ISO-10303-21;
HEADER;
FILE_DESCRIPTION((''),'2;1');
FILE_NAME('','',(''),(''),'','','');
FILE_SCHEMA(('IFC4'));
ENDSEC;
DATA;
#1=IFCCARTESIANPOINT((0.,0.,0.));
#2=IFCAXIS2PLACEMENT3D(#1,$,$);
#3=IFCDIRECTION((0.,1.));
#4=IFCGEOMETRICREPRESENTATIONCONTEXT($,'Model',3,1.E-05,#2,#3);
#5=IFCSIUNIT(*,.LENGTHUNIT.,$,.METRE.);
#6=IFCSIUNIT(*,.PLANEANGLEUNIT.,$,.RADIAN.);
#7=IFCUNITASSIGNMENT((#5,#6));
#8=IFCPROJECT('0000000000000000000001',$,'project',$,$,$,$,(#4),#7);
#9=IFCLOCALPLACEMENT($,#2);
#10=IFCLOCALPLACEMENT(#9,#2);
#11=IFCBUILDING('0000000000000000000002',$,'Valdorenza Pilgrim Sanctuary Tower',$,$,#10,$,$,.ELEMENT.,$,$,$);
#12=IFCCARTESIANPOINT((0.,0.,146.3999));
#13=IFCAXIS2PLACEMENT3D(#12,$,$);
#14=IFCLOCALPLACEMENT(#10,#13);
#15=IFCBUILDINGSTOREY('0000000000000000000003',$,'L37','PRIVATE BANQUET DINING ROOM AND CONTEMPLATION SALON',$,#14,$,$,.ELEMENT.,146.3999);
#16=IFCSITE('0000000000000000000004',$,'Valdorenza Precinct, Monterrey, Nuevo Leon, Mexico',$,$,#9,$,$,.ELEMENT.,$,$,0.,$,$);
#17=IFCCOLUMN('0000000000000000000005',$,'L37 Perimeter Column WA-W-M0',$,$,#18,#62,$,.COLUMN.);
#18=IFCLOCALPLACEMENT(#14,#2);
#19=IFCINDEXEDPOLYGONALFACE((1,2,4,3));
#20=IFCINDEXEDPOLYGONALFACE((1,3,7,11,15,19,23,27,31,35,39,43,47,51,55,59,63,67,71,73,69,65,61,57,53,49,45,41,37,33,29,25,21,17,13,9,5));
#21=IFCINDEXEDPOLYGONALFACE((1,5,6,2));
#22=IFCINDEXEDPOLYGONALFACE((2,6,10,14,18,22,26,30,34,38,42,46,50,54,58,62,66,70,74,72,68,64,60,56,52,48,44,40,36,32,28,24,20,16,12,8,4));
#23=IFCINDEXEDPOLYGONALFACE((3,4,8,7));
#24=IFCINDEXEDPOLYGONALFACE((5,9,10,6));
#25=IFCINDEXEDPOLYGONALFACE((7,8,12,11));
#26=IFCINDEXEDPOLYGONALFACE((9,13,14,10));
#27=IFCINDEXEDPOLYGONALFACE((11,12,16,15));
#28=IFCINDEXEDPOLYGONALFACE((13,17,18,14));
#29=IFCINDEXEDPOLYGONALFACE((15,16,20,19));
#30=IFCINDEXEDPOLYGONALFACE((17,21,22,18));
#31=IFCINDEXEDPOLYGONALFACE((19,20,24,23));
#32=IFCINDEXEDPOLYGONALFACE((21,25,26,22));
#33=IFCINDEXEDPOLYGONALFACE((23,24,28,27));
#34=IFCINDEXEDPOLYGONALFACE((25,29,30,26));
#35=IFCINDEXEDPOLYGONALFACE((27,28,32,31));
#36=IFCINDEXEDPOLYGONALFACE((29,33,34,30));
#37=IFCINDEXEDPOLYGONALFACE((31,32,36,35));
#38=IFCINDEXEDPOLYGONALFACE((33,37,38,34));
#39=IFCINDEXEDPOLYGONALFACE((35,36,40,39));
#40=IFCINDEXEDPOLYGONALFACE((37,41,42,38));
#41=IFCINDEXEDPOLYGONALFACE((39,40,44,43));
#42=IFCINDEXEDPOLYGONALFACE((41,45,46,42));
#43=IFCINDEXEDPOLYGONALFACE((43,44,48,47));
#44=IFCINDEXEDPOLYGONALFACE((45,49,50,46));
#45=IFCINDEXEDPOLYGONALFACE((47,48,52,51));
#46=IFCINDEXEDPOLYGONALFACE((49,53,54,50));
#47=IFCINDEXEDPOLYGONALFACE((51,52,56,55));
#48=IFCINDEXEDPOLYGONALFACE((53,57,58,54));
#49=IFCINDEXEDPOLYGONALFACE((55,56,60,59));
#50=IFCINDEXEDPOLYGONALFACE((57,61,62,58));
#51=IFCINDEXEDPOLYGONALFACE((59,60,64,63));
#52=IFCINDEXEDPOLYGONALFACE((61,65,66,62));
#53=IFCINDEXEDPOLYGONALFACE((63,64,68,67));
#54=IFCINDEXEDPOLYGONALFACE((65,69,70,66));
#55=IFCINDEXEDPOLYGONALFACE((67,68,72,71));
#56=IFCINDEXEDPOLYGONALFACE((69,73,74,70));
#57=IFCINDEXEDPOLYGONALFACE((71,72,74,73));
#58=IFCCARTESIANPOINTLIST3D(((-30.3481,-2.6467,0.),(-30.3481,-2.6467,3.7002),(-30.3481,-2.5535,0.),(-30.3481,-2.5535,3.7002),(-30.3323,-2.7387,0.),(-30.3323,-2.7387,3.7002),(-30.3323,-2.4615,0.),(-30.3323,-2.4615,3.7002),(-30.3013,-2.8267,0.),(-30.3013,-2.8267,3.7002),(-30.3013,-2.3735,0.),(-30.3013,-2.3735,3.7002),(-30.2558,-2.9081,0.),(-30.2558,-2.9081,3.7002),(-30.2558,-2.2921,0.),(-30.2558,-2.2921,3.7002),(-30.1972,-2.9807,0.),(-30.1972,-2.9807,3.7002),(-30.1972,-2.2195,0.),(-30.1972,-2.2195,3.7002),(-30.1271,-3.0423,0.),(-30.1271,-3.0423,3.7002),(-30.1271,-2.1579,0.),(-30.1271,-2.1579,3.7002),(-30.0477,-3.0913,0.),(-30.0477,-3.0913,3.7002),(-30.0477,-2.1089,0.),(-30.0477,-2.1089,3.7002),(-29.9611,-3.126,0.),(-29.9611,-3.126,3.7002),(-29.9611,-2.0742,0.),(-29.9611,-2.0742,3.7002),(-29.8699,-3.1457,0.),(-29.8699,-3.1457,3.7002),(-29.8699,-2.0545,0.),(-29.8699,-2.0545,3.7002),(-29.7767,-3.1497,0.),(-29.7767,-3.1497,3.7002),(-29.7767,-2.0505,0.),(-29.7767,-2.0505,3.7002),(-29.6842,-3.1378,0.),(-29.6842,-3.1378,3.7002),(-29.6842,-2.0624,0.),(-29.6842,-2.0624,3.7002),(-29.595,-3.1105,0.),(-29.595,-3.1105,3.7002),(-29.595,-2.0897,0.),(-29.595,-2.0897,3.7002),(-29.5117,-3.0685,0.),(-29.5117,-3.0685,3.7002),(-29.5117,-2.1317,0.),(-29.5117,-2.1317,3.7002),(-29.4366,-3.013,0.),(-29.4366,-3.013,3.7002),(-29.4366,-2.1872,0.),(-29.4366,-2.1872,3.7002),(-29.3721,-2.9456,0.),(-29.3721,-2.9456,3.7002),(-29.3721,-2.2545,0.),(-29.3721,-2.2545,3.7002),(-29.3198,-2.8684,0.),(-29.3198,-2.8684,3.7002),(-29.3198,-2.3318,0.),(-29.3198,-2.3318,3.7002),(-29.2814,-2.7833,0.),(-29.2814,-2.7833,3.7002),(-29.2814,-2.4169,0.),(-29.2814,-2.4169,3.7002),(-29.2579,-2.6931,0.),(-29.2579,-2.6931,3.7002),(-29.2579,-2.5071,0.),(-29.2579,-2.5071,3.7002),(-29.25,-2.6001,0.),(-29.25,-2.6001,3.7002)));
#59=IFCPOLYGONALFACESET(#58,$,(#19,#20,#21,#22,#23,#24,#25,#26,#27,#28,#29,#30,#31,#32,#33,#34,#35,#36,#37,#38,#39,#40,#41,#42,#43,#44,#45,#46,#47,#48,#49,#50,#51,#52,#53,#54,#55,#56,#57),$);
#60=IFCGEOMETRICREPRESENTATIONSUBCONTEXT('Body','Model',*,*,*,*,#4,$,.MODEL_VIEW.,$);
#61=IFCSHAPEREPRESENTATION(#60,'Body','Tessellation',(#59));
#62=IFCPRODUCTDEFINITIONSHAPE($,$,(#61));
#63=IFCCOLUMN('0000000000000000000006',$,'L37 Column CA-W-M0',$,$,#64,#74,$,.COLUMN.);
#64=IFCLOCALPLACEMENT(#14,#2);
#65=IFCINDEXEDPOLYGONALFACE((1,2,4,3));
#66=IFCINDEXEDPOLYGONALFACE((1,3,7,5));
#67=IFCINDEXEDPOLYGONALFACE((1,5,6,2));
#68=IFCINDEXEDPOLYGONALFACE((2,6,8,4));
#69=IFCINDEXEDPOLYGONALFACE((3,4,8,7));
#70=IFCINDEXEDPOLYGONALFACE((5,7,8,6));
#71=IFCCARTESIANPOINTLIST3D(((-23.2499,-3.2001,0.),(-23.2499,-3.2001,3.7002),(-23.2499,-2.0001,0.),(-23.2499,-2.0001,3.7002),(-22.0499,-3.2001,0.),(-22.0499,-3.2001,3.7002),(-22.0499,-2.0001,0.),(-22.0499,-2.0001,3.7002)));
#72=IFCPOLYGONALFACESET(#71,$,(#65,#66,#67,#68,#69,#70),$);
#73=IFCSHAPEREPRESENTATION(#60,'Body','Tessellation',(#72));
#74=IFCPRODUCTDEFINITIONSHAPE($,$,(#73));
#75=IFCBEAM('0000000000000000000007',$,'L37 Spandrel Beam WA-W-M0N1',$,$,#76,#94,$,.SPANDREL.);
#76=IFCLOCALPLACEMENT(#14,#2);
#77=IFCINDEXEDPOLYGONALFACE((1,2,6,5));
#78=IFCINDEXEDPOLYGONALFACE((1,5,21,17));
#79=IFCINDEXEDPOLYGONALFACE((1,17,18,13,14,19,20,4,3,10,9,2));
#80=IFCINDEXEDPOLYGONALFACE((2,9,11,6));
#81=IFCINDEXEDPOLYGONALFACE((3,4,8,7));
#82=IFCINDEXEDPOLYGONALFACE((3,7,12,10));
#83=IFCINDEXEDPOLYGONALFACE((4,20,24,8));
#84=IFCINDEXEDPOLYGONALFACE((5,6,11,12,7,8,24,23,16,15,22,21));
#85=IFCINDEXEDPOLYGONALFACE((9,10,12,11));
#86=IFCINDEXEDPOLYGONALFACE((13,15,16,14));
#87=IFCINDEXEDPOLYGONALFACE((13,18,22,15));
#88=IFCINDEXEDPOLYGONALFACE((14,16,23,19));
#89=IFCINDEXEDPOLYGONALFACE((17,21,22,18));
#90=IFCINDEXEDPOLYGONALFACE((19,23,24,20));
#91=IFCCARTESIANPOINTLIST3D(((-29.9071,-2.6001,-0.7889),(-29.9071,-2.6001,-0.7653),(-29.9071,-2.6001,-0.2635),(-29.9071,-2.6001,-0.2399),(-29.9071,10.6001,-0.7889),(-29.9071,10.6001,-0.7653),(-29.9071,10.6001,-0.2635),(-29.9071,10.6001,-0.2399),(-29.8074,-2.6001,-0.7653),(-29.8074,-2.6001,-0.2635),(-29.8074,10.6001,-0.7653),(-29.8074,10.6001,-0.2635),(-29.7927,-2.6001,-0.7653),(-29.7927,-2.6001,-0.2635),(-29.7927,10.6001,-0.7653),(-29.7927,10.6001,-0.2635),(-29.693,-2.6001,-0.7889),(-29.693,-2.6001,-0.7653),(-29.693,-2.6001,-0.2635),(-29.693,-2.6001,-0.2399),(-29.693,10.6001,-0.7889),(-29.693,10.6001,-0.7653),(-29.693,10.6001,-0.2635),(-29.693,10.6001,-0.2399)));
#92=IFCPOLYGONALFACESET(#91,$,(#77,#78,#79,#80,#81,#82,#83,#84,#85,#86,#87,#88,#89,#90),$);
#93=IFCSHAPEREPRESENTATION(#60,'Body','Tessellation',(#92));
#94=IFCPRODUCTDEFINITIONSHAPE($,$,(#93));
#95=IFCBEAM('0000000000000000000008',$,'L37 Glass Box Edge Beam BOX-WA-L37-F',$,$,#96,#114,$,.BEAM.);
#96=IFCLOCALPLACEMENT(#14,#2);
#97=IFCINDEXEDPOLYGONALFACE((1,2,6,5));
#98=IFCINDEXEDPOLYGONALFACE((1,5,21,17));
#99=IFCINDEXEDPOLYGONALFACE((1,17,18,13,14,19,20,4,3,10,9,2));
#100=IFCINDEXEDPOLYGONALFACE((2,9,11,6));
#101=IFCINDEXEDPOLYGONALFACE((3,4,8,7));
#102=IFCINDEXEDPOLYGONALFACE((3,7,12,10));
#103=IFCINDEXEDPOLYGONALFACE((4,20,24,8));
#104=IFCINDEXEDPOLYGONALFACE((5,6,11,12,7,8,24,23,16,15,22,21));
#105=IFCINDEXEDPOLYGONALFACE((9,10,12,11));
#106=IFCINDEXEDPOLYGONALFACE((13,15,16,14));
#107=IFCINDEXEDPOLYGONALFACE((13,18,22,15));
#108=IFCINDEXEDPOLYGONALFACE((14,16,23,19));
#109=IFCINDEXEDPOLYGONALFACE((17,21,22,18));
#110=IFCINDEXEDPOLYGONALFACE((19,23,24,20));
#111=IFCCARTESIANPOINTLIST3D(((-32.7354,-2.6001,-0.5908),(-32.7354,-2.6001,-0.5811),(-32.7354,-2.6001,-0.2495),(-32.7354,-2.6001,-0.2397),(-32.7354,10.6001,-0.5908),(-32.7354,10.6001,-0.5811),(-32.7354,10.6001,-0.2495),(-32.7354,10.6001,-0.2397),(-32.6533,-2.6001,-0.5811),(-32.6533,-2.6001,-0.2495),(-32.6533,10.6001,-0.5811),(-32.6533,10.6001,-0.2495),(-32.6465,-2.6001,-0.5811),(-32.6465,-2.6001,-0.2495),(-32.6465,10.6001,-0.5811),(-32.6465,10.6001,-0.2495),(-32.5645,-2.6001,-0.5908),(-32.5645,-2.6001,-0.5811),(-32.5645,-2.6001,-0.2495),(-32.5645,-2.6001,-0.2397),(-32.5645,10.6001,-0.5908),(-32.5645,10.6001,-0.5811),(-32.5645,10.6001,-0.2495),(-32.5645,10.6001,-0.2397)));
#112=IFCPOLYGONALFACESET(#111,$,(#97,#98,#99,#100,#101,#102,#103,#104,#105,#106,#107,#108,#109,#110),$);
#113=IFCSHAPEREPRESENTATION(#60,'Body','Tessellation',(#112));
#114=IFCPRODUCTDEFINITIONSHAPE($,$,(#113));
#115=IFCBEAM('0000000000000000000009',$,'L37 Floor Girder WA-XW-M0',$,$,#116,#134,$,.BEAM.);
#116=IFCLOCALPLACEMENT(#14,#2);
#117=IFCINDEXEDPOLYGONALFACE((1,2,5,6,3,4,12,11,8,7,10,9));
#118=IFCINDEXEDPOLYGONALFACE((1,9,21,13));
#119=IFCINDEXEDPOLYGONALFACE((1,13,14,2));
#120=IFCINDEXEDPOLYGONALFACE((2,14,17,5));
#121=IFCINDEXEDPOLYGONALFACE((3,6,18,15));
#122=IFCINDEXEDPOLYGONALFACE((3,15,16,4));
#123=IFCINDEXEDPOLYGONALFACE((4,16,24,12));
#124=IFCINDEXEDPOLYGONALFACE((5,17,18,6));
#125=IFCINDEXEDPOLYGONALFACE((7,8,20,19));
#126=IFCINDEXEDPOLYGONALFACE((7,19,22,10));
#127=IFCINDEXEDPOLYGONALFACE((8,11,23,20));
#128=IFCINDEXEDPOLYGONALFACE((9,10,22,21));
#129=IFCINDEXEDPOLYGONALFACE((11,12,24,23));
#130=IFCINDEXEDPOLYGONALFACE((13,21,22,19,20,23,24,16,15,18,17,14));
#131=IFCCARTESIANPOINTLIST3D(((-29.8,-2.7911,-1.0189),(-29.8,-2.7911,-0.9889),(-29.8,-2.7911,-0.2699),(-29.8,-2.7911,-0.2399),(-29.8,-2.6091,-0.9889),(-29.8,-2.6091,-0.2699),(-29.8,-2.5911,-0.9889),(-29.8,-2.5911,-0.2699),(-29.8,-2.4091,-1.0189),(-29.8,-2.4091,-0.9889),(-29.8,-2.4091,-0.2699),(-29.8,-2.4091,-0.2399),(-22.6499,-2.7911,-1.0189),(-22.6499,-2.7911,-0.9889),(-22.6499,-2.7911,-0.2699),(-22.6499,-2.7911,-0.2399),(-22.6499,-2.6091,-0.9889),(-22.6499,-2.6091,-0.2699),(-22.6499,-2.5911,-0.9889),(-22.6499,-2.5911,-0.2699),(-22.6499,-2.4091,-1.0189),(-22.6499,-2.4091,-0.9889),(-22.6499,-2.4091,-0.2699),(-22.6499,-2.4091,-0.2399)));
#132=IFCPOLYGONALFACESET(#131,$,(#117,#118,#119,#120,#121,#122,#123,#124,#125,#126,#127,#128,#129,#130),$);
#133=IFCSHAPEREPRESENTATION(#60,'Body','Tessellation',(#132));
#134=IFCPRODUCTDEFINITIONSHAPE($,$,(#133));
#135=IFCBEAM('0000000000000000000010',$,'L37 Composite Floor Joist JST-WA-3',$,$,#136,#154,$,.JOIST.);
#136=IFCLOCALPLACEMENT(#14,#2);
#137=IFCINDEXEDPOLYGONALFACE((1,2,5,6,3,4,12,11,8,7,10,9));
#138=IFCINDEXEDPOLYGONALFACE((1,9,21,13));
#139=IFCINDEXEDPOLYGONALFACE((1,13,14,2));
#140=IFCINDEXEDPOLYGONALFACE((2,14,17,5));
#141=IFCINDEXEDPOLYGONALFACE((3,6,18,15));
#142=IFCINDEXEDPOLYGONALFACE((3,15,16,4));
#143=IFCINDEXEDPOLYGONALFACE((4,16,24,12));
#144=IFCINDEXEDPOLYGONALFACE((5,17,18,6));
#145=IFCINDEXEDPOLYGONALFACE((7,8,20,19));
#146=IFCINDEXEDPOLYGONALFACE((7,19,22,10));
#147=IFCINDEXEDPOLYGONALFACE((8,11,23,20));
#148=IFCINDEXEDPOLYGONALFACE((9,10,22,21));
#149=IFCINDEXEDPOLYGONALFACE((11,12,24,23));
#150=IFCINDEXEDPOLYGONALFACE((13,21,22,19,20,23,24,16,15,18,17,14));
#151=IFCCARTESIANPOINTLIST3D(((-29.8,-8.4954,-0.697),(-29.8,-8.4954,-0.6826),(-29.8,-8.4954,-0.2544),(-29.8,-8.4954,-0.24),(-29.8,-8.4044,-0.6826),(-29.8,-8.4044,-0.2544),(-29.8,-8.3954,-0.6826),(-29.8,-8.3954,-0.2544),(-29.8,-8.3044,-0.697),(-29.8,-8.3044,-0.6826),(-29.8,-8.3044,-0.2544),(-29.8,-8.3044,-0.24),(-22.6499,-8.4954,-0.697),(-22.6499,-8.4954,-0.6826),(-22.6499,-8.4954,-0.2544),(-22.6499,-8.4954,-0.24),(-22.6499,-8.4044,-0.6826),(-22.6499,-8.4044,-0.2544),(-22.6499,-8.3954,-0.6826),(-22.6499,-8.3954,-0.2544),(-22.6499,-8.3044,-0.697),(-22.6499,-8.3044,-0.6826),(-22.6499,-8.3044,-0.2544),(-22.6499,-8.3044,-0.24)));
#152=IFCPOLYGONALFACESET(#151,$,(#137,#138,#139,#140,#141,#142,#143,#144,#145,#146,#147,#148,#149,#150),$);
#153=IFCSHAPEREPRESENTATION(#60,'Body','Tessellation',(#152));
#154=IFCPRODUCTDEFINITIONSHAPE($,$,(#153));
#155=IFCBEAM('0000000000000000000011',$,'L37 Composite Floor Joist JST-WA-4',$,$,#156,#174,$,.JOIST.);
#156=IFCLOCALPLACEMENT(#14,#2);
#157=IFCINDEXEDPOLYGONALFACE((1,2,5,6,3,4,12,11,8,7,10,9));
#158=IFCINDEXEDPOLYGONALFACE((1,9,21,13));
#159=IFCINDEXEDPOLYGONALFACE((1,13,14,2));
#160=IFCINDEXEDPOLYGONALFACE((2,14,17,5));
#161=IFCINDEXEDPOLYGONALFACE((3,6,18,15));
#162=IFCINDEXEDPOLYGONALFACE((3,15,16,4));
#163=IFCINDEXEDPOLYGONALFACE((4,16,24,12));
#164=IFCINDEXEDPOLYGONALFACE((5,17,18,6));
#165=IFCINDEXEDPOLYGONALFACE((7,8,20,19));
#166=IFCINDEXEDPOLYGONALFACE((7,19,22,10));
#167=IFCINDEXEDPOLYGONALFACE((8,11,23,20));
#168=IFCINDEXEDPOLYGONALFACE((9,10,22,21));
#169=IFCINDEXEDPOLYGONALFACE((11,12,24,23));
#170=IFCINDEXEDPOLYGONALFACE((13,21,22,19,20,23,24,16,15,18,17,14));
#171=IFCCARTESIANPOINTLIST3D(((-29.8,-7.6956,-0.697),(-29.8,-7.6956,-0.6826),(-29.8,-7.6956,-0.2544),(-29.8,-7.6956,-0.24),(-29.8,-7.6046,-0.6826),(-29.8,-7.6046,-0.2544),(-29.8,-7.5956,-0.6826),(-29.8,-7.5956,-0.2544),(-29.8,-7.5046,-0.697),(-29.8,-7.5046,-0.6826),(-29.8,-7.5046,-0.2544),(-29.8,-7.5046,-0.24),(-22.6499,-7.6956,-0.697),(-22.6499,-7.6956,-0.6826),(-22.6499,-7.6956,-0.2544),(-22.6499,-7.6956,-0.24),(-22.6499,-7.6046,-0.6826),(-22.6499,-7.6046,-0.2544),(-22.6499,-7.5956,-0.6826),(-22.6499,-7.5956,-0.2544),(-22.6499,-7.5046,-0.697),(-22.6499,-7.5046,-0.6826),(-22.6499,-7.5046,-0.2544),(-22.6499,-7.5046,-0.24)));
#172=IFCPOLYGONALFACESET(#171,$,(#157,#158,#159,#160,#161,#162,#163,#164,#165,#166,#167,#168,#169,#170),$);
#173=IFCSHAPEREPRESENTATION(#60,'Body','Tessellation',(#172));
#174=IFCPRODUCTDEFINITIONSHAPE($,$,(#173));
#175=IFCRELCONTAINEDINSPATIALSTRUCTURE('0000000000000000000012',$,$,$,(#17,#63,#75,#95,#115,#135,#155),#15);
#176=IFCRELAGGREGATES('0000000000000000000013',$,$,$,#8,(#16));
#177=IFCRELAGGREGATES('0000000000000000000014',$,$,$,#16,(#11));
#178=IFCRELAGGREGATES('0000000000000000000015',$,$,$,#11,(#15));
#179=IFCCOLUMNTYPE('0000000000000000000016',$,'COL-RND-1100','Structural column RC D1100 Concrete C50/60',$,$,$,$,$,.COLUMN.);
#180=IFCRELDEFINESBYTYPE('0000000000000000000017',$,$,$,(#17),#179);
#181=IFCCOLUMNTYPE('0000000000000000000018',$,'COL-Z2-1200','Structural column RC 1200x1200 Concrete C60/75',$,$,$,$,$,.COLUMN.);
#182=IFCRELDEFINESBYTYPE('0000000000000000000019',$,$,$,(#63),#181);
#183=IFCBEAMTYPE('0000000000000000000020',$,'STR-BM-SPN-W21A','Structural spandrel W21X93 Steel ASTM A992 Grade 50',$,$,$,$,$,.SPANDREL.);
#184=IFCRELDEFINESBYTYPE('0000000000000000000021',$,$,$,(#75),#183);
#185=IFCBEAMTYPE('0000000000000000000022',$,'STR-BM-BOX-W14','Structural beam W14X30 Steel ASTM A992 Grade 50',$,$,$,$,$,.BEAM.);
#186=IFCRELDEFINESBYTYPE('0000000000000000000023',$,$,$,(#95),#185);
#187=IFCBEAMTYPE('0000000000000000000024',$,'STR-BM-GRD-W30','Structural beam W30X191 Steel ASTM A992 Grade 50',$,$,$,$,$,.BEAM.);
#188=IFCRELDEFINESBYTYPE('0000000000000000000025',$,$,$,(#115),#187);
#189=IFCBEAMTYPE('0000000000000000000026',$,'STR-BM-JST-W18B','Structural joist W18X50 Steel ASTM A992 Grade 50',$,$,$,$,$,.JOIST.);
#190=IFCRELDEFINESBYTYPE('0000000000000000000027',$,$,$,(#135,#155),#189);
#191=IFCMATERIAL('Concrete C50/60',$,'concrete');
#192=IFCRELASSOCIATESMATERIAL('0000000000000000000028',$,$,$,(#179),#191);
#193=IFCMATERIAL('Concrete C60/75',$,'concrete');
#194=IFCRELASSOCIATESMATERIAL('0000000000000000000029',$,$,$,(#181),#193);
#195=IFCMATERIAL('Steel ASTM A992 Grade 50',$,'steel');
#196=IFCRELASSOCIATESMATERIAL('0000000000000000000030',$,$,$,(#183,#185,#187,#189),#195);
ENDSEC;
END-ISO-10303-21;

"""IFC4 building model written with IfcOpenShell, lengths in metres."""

from ifc_helpers import new_model, si_unit, direction, frame, origin, origin_2d, place, context, subcontext, project, spatial, rectangle, circle, i_section, extrude, source, transform, mapped, material, material_profile, profile_set, type_object, element, save


model = new_model("IFC4")

# Units and contexts
model_context = context("Model", 3, precision=1e-05, world=origin(), true_north=direction((0.0, 1.0)))
body_context = subcontext(model_context, "Body", "Model", "MODEL_VIEW")
ifc_project = project(units=[si_unit("LENGTHUNIT", "METRE"), si_unit("PLANEANGLEUNIT", "RADIAN")], contexts=[model_context])

# Site, building, storey
site_placement = place(None, origin())
site = spatial("IfcSite", under=ifc_project, at=site_placement, Name="Valdorenza Precinct, Monterrey, Nuevo Leon, Mexico", CompositionType="ELEMENT", RefElevation=0.0)
building_placement = place(site_placement, origin())
building = spatial("IfcBuilding", under=site, at=building_placement, Name="Valdorenza Pilgrim Sanctuary Tower", CompositionType="ELEMENT")
storey_placement = place(building_placement, frame((0.0, 0.0, 146.3999)))
storey = spatial("IfcBuildingStorey", under=building, at=storey_placement, Name="L37", Description="PRIVATE BANQUET DINING ROOM AND CONTEMPLATION SALON", CompositionType="ELEMENT", Elevation=146.3999)

# Columns
ifc_material_1 = material(Name="Concrete C50/60", Category="concrete")
ifc_material_profile_1 = material_profile(ifc_material_1, circle(Radius=0.55, at=origin_2d()), Name="RC D1100")
ifc_profile_set_1 = profile_set([ifc_material_profile_1], Name="Concrete C50/60")
column_type_1 = type_object("IfcColumnType", Name="COL-RND-1100", Description="Structural column RC D1100 Concrete C50/60", PredefinedType="COLUMN", material=ifc_profile_set_1)
shared_shape_1 = source(origin(), body_context, "Body", "SweptSolid", [
    extrude(circle(Radius=0.55, at=origin_2d()), origin(), (0.0, 0.0, 1.0), 3.7002),
])
column_1_placement = place(storey_placement, frame((-29.8, -2.6001, 0.0), z_axis=(0.0, 0.0, 1.0), x_axis=(1.0, 0.0, 0.0)))
element("IfcColumn", 1, at=column_1_placement, inside=storey, type_object=column_type_1, Name="L37 Perimeter Column WA-W-M0", PredefinedType="COLUMN", context=body_context, shape_type="MappedRepresentation", body=[
    mapped(shared_shape_1, transform((0.0, 0.0, 0.0), x_axis=(1.0, 0.0, 0.0), y_axis=(0.0, 1.0, 0.0), z_axis=(0.0, 0.0, 1.0), scale=1.0)),
])
ifc_material_2 = material(Name="Concrete C60/75", Category="concrete")
ifc_material_profile_2 = material_profile(ifc_material_2, rectangle(XDim=1.2, YDim=1.2, at=origin_2d()), Name="RC 1200x1200")
ifc_profile_set_2 = profile_set([ifc_material_profile_2], Name="Concrete C60/75")
column_type_2 = type_object("IfcColumnType", Name="COL-Z2-1200", Description="Structural column RC 1200x1200 Concrete C60/75", PredefinedType="COLUMN", material=ifc_profile_set_2)
shared_shape_2 = source(origin(), body_context, "Body", "SweptSolid", [
    extrude(rectangle(XDim=1.2, YDim=1.2, at=origin_2d()), origin(), (0.0, 0.0, 1.0), 3.7002),
])
column_2_placement = place(storey_placement, frame((-22.6499, -2.6001, 0.0), z_axis=(0.0, 0.0, 1.0), x_axis=(1.0, 0.0, 0.0)))
element("IfcColumn", 2, at=column_2_placement, inside=storey, type_object=column_type_2, Name="L37 Column CA-W-M0", PredefinedType="COLUMN", context=body_context, shape_type="MappedRepresentation", body=[
    mapped(shared_shape_2, transform((0.0, 0.0, 0.0), x_axis=(1.0, 0.0, 0.0), y_axis=(0.0, 1.0, 0.0), z_axis=(0.0, 0.0, 1.0), scale=1.0)),
])

# Beams
ifc_material_3 = material(Name="Steel ASTM A992 Grade 50", Category="steel")
ifc_material_profile_3 = material_profile(ifc_material_3, i_section(OverallWidth=0.2141, OverallDepth=0.5491, WebThickness=0.0146, FlangeThickness=0.0237, at=origin_2d()), Name="W21X93")
ifc_profile_set_3 = profile_set([ifc_material_profile_3], Name="Steel ASTM A992 Grade 50")
beam_type_1 = type_object("IfcBeamType", Name="STR-BM-SPN-W21A", Description="Structural spandrel W21X93 Steel ASTM A992 Grade 50", PredefinedType="SPANDREL", material=ifc_profile_set_3)
shared_shape_3 = source(origin(), body_context, "Body", "SweptSolid", [
    extrude(i_section(OverallWidth=0.2141, OverallDepth=0.5491, WebThickness=0.0146, FlangeThickness=0.0237, at=origin_2d()), origin(), (0.0, 0.0, 1.0), 13.2002),
])
beam_1_placement = place(storey_placement, frame((-29.8, -2.6001, -0.5144), z_axis=(0.0, 1.0, 0.0), x_axis=(-1.0, 0.0, 0.0)))
element("IfcBeam", 3, at=beam_1_placement, inside=storey, type_object=beam_type_1, Name="L37 Spandrel Beam WA-W-M0N1", PredefinedType="SPANDREL", context=body_context, shape_type="MappedRepresentation", body=[
    mapped(shared_shape_3, transform((0.0, 0.0, 0.0), x_axis=(1.0, 0.0, 0.0), y_axis=(0.0, 1.0, 0.0), z_axis=(0.0, 0.0, 1.0), scale=1.0)),
])
ifc_material_profile_4 = material_profile(ifc_material_3, i_section(OverallWidth=0.1709, OverallDepth=0.3511, WebThickness=0.0068, FlangeThickness=0.0098, at=origin_2d()), Name="W14X30")
ifc_profile_set_4 = profile_set([ifc_material_profile_4], Name="Steel ASTM A992 Grade 50")
beam_type_2 = type_object("IfcBeamType", Name="STR-BM-BOX-W14", Description="Structural beam W14X30 Steel ASTM A992 Grade 50", PredefinedType="BEAM", material=ifc_profile_set_4)
shared_shape_4 = source(origin(), body_context, "Body", "SweptSolid", [
    extrude(i_section(OverallWidth=0.1709, OverallDepth=0.3511, WebThickness=0.0068, FlangeThickness=0.0098, at=origin_2d()), origin(), (0.0, 0.0, 1.0), 13.2002),
])
beam_2_placement = place(storey_placement, frame((-32.6499, -2.6001, -0.4153), z_axis=(0.0, 1.0, 0.0), x_axis=(-1.0, 0.0, 0.0)))
element("IfcBeam", 4, at=beam_2_placement, inside=storey, type_object=beam_type_2, Name="L37 Glass Box Edge Beam BOX-WA-L37-F", PredefinedType="BEAM", context=body_context, shape_type="MappedRepresentation", body=[
    mapped(shared_shape_4, transform((0.0, 0.0, 0.0), x_axis=(1.0, 0.0, 0.0), y_axis=(0.0, 1.0, 0.0), z_axis=(0.0, 0.0, 1.0), scale=1.0)),
])
ifc_material_profile_5 = material_profile(ifc_material_3, i_section(OverallWidth=0.3821, OverallDepth=0.7791, WebThickness=0.0181, FlangeThickness=0.03, at=origin_2d()), Name="W30X191")
ifc_profile_set_5 = profile_set([ifc_material_profile_5], Name="Steel ASTM A992 Grade 50")
beam_type_3 = type_object("IfcBeamType", Name="STR-BM-GRD-W30", Description="Structural beam W30X191 Steel ASTM A992 Grade 50", PredefinedType="BEAM", material=ifc_profile_set_5)
shared_shape_5 = source(origin(), body_context, "Body", "SweptSolid", [
    extrude(i_section(OverallWidth=0.3821, OverallDepth=0.7791, WebThickness=0.0181, FlangeThickness=0.03, at=origin_2d()), origin(), (0.0, 0.0, 1.0), 7.1501),
])
beam_3_placement = place(storey_placement, frame((-29.8, -2.6001, -0.6294), z_axis=(1.0, 0.0, 0.0), x_axis=(0.0, 1.0, 0.0)))
element("IfcBeam", 5, at=beam_3_placement, inside=storey, type_object=beam_type_3, Name="L37 Floor Girder WA-XW-M0", PredefinedType="BEAM", context=body_context, shape_type="MappedRepresentation", body=[
    mapped(shared_shape_5, transform((0.0, 0.0, 0.0), x_axis=(1.0, 0.0, 0.0), y_axis=(0.0, 1.0, 0.0), z_axis=(0.0, 0.0, 1.0), scale=1.0)),
])
ifc_material_profile_6 = material_profile(ifc_material_3, i_section(OverallWidth=0.1909, OverallDepth=0.457, WebThickness=0.009, FlangeThickness=0.0144, at=origin_2d()), Name="W18X50")
ifc_profile_set_6 = profile_set([ifc_material_profile_6], Name="Steel ASTM A992 Grade 50")
beam_type_4 = type_object("IfcBeamType", Name="STR-BM-JST-W18B", Description="Structural joist W18X50 Steel ASTM A992 Grade 50", PredefinedType="JOIST", material=ifc_profile_set_6)
shared_shape_6 = source(origin(), body_context, "Body", "SweptSolid", [
    extrude(i_section(OverallWidth=0.1909, OverallDepth=0.457, WebThickness=0.009, FlangeThickness=0.0144, at=origin_2d()), origin(), (0.0, 0.0, 1.0), 7.1501),
])
for number, where, z_axis, x_axis, name in (
    (6, (-29.8, -8.3999, -0.4685), (1.0, 0.0, 0.0), (0.0, 1.0, 0.0), "L37 Composite Floor Joist JST-WA-3"),
    (7, (-29.8, -7.6001, -0.4685), (1.0, 0.0, 0.0), (0.0, 1.0, 0.0), "L37 Composite Floor Joist JST-WA-4"),
):
    element("IfcBeam", number, at=place(storey_placement, frame(where, z_axis=z_axis, x_axis=x_axis)), inside=storey, type_object=beam_type_4, Name=name, PredefinedType="JOIST", context=body_context, shape_type="MappedRepresentation", body=[
        mapped(shared_shape_6, transform((0.0, 0.0, 0.0), x_axis=(1.0, 0.0, 0.0), y_axis=(0.0, 1.0, 0.0), z_axis=(0.0, 0.0, 1.0), scale=1.0)),
    ])

save(model, "model.ifc")
